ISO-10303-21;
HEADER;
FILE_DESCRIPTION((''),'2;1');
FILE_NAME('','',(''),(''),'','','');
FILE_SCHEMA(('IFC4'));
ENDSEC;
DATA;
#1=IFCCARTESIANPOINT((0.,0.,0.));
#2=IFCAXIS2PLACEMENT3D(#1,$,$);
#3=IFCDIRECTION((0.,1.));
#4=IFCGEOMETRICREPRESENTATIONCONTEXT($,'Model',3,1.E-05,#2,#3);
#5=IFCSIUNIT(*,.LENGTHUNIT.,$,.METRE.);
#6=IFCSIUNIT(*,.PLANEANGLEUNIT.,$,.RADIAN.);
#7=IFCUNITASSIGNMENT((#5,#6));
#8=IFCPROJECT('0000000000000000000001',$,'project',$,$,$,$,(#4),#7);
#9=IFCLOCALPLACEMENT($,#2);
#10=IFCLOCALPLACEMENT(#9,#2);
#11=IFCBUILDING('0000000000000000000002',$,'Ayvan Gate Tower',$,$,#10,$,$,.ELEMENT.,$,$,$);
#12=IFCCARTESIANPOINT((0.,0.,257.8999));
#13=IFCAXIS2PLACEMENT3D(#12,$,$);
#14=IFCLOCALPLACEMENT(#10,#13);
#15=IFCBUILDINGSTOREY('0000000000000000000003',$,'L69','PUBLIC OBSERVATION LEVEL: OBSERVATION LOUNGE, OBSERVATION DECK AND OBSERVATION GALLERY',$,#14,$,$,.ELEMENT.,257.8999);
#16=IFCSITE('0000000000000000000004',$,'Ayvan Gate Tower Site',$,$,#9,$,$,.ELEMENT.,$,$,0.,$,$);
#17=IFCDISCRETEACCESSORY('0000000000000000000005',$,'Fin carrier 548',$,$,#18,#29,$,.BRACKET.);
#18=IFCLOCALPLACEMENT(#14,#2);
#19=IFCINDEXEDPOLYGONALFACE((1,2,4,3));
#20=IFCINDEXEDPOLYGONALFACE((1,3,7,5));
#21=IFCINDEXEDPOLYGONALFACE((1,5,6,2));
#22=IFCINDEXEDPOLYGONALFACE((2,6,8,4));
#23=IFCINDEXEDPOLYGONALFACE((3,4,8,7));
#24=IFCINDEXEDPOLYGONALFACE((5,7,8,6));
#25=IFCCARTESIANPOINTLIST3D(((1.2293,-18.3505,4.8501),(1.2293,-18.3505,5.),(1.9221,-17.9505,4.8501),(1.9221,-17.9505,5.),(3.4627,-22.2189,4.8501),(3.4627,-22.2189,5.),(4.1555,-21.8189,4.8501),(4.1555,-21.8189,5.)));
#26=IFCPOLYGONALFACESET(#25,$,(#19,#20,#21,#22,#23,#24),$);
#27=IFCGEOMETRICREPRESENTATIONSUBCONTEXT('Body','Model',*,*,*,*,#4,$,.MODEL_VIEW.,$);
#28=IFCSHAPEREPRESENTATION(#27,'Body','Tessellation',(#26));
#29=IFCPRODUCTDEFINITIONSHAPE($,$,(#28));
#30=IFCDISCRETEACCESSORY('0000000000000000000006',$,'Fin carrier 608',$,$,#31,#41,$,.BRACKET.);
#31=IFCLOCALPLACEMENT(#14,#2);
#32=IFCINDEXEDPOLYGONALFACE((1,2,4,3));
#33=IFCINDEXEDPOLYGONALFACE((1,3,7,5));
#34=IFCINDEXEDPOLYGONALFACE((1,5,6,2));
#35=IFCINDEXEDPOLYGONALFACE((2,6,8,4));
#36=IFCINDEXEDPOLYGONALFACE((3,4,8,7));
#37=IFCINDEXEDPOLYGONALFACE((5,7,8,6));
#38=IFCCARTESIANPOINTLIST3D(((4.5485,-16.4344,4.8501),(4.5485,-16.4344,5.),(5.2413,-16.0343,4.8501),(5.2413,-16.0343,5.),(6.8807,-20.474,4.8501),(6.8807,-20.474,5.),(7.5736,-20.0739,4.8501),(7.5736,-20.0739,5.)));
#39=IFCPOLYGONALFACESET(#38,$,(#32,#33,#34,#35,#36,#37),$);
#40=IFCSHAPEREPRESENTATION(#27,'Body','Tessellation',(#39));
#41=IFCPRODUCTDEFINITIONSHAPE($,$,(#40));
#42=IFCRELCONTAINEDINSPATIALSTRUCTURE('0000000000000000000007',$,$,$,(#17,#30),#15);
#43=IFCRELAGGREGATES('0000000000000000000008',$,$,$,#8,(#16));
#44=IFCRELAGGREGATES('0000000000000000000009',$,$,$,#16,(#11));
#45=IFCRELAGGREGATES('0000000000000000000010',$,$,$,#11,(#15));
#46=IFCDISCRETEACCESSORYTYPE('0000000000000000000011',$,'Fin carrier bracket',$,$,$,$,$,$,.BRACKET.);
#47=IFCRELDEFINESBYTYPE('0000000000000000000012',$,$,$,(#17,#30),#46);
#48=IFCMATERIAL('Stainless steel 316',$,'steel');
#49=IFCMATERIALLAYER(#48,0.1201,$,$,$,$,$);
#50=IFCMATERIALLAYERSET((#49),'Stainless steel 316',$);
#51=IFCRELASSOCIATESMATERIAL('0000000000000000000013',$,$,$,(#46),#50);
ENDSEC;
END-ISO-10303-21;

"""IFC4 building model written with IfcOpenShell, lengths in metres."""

from ifc_helpers import new_model, si_unit, direction, frame, origin, origin_2d, place, context, subcontext, project, spatial, rectangle, extrude, material, layer, layer_set, type_object, element, save


model = new_model("IFC4")

# Units and contexts
model_context = context("Model", 3, precision=1e-05, world=origin(), true_north=direction((0.0, 1.0)))
body_context = subcontext(model_context, "Body", "Model", "MODEL_VIEW")
ifc_project = project(units=[si_unit("LENGTHUNIT", "METRE"), si_unit("PLANEANGLEUNIT", "RADIAN")], contexts=[model_context])

# Site, building, storey
site_placement = place(None, origin())
site = spatial("IfcSite", under=ifc_project, at=site_placement, Name="Ayvan Gate Tower Site", CompositionType="ELEMENT", RefElevation=0.0)
building_placement = place(site_placement, origin())
building = spatial("IfcBuilding", under=site, at=building_placement, Name="Ayvan Gate Tower", CompositionType="ELEMENT")
storey_placement = place(building_placement, frame((0.0, 0.0, 257.8999)))
storey = spatial("IfcBuildingStorey", under=building, at=storey_placement, Name="L69", Description="PUBLIC OBSERVATION LEVEL: OBSERVATION LOUNGE, OBSERVATION DECK AND OBSERVATION GALLERY", CompositionType="ELEMENT", Elevation=257.8999)

# Discrete accessories
ifc_material_1 = material(Name="Stainless steel 316", Category="steel")
ifc_layer_1 = layer(ifc_material_1, 0.1201)
ifc_layer_set_1 = layer_set([ifc_layer_1], Name="Stainless steel 316")
discrete_accessory_type = type_object("IfcDiscreteAccessoryType", Name="Fin carrier bracket", PredefinedType="BRACKET", material=ifc_layer_set_1)
discrete_accessory_1_placement = place(storey_placement, frame((2.6924, -20.0847, 4.8501), z_axis=(0.0, 0.0, 1.0), x_axis=(0.866025, 0.5, 0.0)))
element("IfcDiscreteAccessory", 1, at=discrete_accessory_1_placement, inside=storey, type_object=discrete_accessory_type, Name="Fin carrier 548", PredefinedType="BRACKET", context=body_context, shape_type="SweptSolid", body=[
    extrude(rectangle(XDim=0.8, YDim=4.4668, at=origin_2d()), origin(), (0.0, 0.0, 1.0), 0.1499),
])
discrete_accessory_2_placement = place(storey_placement, frame((6.061, -18.2542, 4.8501), z_axis=(0.0, 0.0, 1.0), x_axis=(0.866025, 0.5, 0.0)))
element("IfcDiscreteAccessory", 2, at=discrete_accessory_2_placement, inside=storey, type_object=discrete_accessory_type, Name="Fin carrier 608", PredefinedType="BRACKET", context=body_context, shape_type="SweptSolid", body=[
    extrude(rectangle(XDim=0.8, YDim=4.6646, at=origin_2d()), origin(), (0.0, 0.0, 1.0), 0.1499),
])

save(model, "model.ifc")
